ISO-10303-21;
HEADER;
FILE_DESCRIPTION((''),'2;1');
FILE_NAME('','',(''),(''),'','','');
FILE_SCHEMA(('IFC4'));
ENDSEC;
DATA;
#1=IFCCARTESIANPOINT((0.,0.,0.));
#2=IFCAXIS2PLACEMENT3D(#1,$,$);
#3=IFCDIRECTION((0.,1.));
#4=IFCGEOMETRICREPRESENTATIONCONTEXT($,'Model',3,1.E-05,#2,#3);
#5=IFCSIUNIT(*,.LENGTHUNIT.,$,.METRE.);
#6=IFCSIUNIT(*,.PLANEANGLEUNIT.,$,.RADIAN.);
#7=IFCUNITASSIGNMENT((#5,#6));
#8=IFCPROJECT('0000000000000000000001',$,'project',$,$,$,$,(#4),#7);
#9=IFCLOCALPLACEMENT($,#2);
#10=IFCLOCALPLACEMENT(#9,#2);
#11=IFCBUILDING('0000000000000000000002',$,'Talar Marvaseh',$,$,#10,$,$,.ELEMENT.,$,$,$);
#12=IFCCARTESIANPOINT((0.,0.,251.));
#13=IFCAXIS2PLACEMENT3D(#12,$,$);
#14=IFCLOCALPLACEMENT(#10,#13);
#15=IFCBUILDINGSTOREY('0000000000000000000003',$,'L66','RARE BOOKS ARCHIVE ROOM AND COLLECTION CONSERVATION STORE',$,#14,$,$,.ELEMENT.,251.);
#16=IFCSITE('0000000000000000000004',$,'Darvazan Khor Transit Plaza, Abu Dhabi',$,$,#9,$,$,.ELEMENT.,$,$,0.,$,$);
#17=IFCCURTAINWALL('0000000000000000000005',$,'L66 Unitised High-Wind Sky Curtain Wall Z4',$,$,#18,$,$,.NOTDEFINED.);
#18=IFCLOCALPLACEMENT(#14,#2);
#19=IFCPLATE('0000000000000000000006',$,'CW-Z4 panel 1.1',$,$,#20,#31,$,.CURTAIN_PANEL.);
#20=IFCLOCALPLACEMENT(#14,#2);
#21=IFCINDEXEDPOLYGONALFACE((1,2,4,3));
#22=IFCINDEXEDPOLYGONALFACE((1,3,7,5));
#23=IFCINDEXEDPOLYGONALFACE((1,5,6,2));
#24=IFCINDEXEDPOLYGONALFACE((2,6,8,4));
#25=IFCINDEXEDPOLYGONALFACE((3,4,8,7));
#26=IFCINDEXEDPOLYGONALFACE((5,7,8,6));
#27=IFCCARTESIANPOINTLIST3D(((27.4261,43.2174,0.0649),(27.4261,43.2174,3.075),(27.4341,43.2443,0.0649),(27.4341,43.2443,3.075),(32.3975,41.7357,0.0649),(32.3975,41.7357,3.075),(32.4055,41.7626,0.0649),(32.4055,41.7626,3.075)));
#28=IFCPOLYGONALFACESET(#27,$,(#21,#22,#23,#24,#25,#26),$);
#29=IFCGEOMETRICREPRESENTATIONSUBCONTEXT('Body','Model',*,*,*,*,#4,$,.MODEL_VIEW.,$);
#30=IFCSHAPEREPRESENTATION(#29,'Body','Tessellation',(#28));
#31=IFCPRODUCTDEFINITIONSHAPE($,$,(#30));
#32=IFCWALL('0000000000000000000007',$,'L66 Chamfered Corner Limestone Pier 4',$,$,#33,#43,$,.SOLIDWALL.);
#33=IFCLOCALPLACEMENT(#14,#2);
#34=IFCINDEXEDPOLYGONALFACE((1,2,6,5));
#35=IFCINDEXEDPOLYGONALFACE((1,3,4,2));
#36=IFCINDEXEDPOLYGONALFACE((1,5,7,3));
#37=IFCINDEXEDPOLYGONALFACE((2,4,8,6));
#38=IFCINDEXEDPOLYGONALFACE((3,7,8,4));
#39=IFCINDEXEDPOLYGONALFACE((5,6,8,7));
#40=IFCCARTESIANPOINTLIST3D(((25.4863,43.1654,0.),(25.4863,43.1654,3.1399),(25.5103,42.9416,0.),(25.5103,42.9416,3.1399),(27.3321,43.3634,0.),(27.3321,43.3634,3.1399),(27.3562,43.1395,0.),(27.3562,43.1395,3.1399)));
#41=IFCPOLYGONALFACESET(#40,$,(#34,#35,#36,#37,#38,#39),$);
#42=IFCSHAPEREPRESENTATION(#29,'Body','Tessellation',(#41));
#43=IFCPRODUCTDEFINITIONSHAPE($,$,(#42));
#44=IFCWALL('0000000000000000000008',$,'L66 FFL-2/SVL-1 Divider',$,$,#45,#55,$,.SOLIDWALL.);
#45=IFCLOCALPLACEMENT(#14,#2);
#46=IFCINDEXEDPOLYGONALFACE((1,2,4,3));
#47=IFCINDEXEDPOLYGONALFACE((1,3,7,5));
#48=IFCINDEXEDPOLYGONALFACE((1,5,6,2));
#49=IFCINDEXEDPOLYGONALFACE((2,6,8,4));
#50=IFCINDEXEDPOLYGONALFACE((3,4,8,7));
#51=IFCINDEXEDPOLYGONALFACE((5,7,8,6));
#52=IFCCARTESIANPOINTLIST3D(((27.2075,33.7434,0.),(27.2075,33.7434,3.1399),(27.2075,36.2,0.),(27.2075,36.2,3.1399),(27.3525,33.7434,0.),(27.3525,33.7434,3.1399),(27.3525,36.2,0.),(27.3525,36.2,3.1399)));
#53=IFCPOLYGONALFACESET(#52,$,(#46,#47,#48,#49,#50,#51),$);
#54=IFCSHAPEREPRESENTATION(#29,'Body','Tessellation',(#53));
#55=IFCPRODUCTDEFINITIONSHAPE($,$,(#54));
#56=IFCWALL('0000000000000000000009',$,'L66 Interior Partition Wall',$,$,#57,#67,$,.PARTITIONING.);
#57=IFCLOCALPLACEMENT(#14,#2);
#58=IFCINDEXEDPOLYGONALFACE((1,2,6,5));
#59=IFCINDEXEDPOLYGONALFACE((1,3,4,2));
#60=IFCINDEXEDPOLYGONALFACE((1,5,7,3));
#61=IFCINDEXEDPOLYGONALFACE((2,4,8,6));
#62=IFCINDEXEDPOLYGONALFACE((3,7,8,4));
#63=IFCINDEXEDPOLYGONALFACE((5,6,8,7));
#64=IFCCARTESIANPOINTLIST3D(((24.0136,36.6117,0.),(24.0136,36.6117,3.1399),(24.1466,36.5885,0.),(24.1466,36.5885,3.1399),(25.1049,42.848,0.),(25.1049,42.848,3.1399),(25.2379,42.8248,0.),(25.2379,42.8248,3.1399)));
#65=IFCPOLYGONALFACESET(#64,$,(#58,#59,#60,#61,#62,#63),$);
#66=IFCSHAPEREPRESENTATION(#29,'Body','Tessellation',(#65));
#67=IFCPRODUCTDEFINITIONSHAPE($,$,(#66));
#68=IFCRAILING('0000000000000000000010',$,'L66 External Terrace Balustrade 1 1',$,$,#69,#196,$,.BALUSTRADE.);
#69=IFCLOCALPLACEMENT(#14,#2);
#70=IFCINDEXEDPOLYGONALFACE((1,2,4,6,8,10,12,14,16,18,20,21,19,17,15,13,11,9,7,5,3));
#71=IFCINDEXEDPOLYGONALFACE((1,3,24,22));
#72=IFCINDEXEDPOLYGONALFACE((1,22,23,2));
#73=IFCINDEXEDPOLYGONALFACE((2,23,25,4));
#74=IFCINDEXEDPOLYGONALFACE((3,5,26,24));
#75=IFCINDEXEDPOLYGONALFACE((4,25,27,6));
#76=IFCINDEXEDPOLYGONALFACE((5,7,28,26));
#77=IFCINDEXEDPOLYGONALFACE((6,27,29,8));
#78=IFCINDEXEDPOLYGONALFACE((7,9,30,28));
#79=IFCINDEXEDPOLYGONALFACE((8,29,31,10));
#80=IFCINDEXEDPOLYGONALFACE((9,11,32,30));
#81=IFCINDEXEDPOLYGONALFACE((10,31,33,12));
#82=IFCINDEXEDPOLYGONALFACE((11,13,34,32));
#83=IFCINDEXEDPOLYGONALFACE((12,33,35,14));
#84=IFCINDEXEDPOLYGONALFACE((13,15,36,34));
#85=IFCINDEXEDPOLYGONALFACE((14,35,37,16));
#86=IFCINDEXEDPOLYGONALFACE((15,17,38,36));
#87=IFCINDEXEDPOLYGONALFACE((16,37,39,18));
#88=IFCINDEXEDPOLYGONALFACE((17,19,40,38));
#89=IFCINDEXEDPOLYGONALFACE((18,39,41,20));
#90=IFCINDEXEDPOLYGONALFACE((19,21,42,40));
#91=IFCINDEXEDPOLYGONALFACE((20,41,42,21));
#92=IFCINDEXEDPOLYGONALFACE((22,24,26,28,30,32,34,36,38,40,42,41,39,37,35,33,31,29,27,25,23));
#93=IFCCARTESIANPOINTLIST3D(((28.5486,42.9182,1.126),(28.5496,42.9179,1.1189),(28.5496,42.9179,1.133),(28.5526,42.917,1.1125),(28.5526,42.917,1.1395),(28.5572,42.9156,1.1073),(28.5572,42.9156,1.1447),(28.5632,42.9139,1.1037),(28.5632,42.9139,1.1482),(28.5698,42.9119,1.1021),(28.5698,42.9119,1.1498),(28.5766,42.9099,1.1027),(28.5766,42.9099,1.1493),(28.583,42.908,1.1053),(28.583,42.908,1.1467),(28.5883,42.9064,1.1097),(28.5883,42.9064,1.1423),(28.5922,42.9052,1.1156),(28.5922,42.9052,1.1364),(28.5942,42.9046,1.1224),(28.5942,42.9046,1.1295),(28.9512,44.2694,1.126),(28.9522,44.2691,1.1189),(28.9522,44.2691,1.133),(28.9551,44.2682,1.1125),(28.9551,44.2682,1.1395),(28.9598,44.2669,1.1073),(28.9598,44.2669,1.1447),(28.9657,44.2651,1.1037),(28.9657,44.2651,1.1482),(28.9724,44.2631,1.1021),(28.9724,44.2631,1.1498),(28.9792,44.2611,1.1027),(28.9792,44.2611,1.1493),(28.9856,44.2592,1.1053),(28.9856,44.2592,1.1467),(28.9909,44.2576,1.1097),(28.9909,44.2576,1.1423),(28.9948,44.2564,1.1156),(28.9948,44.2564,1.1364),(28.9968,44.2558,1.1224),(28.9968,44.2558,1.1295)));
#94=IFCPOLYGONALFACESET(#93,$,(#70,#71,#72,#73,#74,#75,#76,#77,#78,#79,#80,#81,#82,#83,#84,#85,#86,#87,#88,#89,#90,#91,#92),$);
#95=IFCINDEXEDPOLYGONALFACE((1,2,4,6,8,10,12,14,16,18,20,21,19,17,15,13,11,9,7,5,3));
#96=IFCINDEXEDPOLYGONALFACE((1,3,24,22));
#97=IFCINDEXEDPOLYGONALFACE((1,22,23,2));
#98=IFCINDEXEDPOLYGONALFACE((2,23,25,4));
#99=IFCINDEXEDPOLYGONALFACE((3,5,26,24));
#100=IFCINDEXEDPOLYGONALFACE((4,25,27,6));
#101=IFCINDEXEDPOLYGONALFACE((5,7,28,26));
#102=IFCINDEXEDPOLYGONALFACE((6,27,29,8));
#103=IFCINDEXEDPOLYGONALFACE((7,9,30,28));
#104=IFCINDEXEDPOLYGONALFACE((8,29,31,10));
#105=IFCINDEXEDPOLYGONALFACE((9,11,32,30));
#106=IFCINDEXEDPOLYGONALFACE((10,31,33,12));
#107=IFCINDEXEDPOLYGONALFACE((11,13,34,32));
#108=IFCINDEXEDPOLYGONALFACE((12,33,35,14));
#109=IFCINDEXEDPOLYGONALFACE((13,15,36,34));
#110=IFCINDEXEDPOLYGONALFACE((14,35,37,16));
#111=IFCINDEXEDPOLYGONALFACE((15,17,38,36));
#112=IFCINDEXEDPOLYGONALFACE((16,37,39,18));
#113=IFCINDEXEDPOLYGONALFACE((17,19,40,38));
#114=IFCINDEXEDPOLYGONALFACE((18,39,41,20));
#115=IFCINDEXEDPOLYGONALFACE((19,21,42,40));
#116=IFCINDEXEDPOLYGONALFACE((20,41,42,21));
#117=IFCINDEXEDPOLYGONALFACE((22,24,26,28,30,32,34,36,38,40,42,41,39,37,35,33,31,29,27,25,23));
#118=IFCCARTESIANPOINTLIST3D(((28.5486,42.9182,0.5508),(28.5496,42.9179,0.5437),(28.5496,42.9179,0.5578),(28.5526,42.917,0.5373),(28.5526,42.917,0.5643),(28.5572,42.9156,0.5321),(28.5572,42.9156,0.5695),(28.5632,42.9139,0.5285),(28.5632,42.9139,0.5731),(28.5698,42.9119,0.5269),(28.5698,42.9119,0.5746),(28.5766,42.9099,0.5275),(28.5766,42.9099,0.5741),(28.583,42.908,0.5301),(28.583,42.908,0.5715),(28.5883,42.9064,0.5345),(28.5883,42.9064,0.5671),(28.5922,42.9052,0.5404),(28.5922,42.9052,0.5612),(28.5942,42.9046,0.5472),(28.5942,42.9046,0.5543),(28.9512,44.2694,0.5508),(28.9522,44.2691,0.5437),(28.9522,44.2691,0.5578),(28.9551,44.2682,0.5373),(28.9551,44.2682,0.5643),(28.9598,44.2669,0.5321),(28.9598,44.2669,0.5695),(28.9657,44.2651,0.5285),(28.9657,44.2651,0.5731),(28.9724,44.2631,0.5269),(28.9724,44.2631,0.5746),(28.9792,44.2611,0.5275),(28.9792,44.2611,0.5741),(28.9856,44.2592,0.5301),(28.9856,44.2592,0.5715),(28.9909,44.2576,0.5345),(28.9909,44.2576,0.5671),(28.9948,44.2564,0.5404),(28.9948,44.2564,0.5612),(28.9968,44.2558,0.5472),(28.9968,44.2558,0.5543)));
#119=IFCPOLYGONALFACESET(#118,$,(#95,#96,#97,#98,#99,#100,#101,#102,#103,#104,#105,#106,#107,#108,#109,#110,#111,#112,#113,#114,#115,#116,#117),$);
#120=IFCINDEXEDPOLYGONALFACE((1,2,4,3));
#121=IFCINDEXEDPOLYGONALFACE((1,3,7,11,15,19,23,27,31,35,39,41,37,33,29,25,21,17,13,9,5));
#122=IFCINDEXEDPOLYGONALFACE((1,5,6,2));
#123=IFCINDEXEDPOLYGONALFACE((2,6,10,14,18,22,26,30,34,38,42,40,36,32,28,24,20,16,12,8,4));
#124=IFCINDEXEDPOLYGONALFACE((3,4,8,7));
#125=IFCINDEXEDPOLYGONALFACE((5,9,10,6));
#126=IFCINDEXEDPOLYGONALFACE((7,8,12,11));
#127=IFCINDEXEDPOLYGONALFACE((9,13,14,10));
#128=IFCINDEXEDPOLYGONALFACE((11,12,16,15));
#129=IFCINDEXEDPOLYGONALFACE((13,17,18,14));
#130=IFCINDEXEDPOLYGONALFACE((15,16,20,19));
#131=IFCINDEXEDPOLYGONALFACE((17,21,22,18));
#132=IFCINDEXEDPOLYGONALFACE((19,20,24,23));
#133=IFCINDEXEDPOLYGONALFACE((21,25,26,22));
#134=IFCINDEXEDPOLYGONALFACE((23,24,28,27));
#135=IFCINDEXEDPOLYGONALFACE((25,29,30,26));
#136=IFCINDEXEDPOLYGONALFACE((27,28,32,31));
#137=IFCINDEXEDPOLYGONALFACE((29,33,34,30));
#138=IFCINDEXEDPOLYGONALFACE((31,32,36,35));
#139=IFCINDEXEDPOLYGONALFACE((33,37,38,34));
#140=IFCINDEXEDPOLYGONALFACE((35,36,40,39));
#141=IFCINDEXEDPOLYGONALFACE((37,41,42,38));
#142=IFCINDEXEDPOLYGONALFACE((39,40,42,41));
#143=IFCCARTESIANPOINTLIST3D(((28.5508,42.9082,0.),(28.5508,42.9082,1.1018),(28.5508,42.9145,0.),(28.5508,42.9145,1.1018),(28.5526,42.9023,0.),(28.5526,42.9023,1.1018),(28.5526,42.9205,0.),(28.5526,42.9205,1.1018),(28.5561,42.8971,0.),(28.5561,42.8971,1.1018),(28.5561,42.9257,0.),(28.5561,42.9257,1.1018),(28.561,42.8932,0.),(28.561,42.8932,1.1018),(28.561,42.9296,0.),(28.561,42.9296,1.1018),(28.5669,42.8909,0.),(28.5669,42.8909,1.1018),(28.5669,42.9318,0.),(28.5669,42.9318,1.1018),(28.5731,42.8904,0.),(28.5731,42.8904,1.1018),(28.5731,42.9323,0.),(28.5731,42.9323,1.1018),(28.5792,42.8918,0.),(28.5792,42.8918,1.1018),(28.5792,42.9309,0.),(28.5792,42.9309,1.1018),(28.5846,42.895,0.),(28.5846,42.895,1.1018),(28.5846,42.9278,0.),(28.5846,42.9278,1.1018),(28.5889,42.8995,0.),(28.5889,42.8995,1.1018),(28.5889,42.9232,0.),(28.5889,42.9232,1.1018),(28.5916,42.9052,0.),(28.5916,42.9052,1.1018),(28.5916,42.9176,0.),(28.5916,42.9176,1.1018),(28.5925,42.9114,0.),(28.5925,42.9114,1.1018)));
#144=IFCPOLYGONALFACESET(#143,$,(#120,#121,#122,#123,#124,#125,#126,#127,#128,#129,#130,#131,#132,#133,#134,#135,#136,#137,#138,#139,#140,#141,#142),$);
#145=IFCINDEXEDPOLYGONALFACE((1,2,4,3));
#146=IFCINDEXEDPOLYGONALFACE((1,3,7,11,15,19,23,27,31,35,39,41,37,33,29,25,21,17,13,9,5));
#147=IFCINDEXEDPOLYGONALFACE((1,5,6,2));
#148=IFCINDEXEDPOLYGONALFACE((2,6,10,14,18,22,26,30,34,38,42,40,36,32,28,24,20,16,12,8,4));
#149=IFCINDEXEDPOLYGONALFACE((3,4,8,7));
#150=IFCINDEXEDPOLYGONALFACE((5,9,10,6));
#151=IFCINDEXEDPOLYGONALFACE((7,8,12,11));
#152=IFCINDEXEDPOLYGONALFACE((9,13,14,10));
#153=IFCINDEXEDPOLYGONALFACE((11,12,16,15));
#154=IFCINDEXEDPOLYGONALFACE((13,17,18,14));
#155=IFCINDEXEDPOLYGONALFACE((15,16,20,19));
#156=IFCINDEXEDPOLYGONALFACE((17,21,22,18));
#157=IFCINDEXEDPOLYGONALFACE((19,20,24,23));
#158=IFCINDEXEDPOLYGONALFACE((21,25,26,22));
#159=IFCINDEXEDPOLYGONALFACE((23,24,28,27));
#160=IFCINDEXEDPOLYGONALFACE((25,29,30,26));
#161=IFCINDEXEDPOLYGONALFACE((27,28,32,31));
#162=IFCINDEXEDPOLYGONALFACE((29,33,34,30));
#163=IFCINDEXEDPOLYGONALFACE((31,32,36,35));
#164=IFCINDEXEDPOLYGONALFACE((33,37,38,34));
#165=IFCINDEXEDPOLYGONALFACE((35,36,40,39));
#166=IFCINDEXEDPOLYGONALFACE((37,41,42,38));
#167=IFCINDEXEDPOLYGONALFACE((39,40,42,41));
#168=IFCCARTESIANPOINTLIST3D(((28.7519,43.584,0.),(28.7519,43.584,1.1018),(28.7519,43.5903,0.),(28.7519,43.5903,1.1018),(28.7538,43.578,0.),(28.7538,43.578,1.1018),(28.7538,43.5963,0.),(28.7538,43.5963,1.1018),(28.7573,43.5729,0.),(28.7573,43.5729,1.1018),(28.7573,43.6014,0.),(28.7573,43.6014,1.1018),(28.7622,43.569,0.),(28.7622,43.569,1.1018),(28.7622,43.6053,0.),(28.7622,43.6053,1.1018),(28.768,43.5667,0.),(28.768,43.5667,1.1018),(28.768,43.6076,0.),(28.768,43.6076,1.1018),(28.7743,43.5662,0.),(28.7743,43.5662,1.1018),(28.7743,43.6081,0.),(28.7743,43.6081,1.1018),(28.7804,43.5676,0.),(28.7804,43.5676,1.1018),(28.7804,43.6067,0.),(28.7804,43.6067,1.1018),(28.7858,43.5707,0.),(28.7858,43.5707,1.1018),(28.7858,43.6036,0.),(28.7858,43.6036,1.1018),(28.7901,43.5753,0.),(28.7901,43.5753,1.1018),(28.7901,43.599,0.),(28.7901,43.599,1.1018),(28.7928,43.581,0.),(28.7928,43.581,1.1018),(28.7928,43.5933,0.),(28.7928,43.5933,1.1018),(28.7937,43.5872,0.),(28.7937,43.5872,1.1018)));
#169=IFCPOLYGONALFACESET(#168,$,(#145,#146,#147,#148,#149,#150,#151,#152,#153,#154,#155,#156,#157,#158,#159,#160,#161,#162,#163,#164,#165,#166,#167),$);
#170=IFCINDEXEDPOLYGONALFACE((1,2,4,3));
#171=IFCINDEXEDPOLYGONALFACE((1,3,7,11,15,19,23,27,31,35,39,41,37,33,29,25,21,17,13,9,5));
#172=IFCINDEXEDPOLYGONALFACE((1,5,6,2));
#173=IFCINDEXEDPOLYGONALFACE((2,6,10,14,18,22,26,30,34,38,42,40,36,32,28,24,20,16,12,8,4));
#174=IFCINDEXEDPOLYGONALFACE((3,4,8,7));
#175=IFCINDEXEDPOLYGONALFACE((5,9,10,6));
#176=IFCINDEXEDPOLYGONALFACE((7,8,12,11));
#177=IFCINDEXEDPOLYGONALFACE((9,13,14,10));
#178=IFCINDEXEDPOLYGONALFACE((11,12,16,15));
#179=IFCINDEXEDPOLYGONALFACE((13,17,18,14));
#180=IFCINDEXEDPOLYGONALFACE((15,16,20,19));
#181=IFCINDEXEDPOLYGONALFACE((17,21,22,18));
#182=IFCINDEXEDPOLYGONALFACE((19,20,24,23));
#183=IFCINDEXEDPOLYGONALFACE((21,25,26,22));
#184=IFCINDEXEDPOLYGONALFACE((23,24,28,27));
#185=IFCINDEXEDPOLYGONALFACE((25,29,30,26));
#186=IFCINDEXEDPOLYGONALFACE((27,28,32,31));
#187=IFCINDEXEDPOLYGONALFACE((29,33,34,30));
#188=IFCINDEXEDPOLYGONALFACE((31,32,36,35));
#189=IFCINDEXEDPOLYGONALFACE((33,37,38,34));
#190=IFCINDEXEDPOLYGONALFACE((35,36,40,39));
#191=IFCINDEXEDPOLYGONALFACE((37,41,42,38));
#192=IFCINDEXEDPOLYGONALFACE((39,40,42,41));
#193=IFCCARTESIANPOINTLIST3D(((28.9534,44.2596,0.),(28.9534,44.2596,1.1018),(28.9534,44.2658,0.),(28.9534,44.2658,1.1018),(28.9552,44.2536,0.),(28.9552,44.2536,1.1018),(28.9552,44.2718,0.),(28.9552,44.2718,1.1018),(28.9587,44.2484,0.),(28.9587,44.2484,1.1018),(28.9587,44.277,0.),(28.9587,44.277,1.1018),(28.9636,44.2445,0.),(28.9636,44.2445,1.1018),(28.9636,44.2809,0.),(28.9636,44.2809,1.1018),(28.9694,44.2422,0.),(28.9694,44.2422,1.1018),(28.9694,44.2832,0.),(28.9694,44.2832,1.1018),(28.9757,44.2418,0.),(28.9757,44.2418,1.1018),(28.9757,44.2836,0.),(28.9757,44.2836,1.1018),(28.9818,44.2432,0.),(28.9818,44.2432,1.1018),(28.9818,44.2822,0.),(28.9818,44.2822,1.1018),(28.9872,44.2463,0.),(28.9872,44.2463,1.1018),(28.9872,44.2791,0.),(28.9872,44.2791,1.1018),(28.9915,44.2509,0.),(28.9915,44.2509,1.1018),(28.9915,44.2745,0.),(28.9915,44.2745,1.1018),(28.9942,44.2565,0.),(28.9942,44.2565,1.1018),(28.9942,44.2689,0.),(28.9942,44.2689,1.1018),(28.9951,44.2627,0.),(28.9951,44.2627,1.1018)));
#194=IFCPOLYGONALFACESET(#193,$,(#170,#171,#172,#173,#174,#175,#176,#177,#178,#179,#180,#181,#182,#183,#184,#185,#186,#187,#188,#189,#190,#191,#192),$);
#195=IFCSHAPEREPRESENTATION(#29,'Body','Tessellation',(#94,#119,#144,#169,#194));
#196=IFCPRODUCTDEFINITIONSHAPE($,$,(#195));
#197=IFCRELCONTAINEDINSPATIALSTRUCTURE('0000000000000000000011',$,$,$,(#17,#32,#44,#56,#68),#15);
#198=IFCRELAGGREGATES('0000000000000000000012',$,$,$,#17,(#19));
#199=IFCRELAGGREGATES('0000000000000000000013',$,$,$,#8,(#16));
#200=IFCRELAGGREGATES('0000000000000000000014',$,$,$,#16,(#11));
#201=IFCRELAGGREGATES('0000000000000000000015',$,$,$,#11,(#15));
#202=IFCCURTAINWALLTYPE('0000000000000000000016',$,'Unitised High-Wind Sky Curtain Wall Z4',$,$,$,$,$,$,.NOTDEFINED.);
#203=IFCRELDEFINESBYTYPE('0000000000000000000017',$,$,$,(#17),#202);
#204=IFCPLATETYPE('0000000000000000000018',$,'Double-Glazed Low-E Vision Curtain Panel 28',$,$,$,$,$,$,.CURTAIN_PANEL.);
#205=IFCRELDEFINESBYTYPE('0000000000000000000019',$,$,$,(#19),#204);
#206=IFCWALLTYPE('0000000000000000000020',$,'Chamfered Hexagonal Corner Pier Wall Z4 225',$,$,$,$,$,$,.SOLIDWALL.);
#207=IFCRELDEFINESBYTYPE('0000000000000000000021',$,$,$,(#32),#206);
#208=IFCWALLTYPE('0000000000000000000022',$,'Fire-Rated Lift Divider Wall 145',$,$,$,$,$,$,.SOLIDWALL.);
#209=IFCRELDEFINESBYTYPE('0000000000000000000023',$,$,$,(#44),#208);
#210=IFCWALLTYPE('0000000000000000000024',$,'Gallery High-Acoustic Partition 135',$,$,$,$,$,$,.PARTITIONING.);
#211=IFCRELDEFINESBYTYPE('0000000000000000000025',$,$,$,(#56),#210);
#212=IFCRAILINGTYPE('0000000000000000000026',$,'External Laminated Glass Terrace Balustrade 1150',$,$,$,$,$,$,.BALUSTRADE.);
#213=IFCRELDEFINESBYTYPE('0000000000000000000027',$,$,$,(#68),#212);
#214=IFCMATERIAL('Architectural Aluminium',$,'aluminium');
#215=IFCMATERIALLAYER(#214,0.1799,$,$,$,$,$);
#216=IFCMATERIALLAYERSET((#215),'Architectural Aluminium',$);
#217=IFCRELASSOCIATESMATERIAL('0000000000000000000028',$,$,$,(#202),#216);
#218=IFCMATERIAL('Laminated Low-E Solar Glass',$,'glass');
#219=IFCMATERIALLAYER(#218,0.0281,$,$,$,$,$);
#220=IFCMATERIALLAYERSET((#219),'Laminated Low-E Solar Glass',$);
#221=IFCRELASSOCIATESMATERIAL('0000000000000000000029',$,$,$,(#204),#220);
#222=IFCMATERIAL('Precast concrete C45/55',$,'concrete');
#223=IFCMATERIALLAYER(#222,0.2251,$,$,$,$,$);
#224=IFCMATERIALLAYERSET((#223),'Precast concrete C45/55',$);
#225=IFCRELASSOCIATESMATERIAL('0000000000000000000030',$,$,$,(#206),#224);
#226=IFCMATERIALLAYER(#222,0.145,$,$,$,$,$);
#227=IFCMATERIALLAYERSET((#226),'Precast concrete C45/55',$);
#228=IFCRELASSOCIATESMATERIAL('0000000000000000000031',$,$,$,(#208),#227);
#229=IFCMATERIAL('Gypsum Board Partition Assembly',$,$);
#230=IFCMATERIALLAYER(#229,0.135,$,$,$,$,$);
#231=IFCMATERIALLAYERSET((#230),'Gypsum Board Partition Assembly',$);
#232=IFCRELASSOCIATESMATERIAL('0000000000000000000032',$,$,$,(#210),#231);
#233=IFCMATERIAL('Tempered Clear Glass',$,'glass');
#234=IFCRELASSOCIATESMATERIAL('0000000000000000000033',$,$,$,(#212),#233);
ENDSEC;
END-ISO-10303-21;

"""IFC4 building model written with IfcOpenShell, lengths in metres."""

from ifc_helpers import new_model, si_unit, direction, frame, frame_2d, origin, origin_2d, place, context, subcontext, project, spatial, rectangle, circle, extrude, source, transform, mapped, material, layer, layer_set, type_object, element, aggregate, save


model = new_model("IFC4")

# Units and contexts
model_context = context("Model", 3, precision=1e-05, world=origin(), true_north=direction((0.0, 1.0)))
body_context = subcontext(model_context, "Body", "Model", "MODEL_VIEW")
ifc_project = project(units=[si_unit("LENGTHUNIT", "METRE"), si_unit("PLANEANGLEUNIT", "RADIAN")], contexts=[model_context])

# Site, building, storey
site_placement = place(None, origin())
site = spatial("IfcSite", under=ifc_project, at=site_placement, Name="Darvazan Khor Transit Plaza, Abu Dhabi", CompositionType="ELEMENT", RefElevation=0.0)
building_placement = place(site_placement, origin())
building = spatial("IfcBuilding", under=site, at=building_placement, Name="Talar Marvaseh", CompositionType="ELEMENT")
storey_placement = place(building_placement, frame((0.0, 0.0, 251.0)))
storey = spatial("IfcBuildingStorey", under=building, at=storey_placement, Name="L66", Description="RARE BOOKS ARCHIVE ROOM AND COLLECTION CONSERVATION STORE", CompositionType="ELEMENT", Elevation=251.0)

# Shared definitions
ifc_material_1 = material(Name="Architectural Aluminium", Category="aluminium")
ifc_layer_1 = layer(ifc_material_1, 0.1799)
ifc_layer_set_1 = layer_set([ifc_layer_1], Name="Architectural Aluminium")
curtain_wall_type = type_object("IfcCurtainWallType", Name="Unitised High-Wind Sky Curtain Wall Z4", PredefinedType="NOTDEFINED", material=ifc_layer_set_1)

# Curtain wall
curtain_wall_1_placement = place(storey_placement, origin())
curtain_wall_1 = element("IfcCurtainWall", 1, at=curtain_wall_1_placement, inside=storey, type_object=curtain_wall_type, Name="L66 Unitised High-Wind Sky Curtain Wall Z4", PredefinedType="NOTDEFINED")

# Plate
ifc_material_2 = material(Name="Laminated Low-E Solar Glass", Category="glass")
ifc_layer_2 = layer(ifc_material_2, 0.0281)
ifc_layer_set_2 = layer_set([ifc_layer_2], Name="Laminated Low-E Solar Glass")
plate_type = type_object("IfcPlateType", Name="Double-Glazed Low-E Vision Curtain Panel 28", PredefinedType="CURTAIN_PANEL", material=ifc_layer_set_2)
shared_shape_1 = source(origin(), body_context, "Body", "SweptSolid", [
    extrude(rectangle(XDim=5.1875, YDim=0.0281, at=origin_2d()), origin(), (0.0, 0.0, 1.0), 3.01),
])
plate_1_placement = place(storey_placement, frame((29.9158, 42.49, 0.0649), z_axis=(0.0, 0.0, 1.0), x_axis=(0.958342, -0.285622, 0.0)))
plate_1 = element("IfcPlate", 2, at=plate_1_placement, type_object=plate_type, Name="CW-Z4 panel 1.1", PredefinedType="CURTAIN_PANEL", context=body_context, shape_type="MappedRepresentation", body=[
    mapped(shared_shape_1, transform((0.0, 0.0, 0.0), x_axis=(1.0, 0.0, 0.0), y_axis=(0.0, 1.0, 0.0), z_axis=(0.0, 0.0, 1.0), scale=1.0)),
])
aggregate(curtain_wall_1, [plate_1])

# Walls
ifc_material_3 = material(Name="Precast concrete C45/55", Category="concrete")
ifc_layer_3 = layer(ifc_material_3, 0.2251)
ifc_layer_set_3 = layer_set([ifc_layer_3], Name="Precast concrete C45/55")
wall_type_1 = type_object("IfcWallType", Name="Chamfered Hexagonal Corner Pier Wall Z4 225", PredefinedType="SOLIDWALL", material=ifc_layer_set_3)
wall_1_placement = place(storey_placement, frame((25.4983, 43.0535, 0.0), z_axis=(0.0, 0.0, 1.0), x_axis=(0.994297, 0.106649, 0.0)))
element("IfcWall", 3, at=wall_1_placement, inside=storey, type_object=wall_type_1, Name="L66 Chamfered Corner Limestone Pier 4", PredefinedType="SOLIDWALL", context=body_context, shape_type="SweptSolid", body=[
    extrude(rectangle(XDim=1.8564, YDim=0.2251, at=frame_2d((0.9282, 0.0))), origin(), (0.0, 0.0, 1.0), 3.1399),
])
ifc_layer_4 = layer(ifc_material_3, 0.145)
ifc_layer_set_4 = layer_set([ifc_layer_4], Name="Precast concrete C45/55")
wall_type_2 = type_object("IfcWallType", Name="Fire-Rated Lift Divider Wall 145", PredefinedType="SOLIDWALL", material=ifc_layer_set_4)
wall_2_placement = place(storey_placement, frame((27.28, 33.7434, 0.0), z_axis=(0.0, 0.0, 1.0), x_axis=(0.0, 1.0, 0.0)))
element("IfcWall", 4, at=wall_2_placement, inside=storey, type_object=wall_type_2, Name="L66 FFL-2/SVL-1 Divider", PredefinedType="SOLIDWALL", context=body_context, shape_type="SweptSolid", body=[
    extrude(rectangle(XDim=2.4565, YDim=0.145, at=frame_2d((1.2283, 0.0))), origin(), (0.0, 0.0, 1.0), 3.1399),
])
ifc_material_4 = material(Name="Gypsum Board Partition Assembly")
ifc_layer_5 = layer(ifc_material_4, 0.135)
ifc_layer_set_5 = layer_set([ifc_layer_5], Name="Gypsum Board Partition Assembly")
wall_type_3 = type_object("IfcWallType", Name="Gallery High-Acoustic Partition 135", PredefinedType="PARTITIONING", material=ifc_layer_set_5)
wall_3_placement = place(storey_placement, frame((24.0801, 36.6001, 0.0), z_axis=(0.0, 0.0, 1.0), x_axis=(0.172373, 0.985032, 0.0)))
element("IfcWall", 5, at=wall_3_placement, inside=storey, type_object=wall_type_3, Name="L66 Interior Partition Wall", PredefinedType="PARTITIONING", context=body_context, shape_type="SweptSolid", body=[
    extrude(rectangle(XDim=6.3311, YDim=0.135, at=frame_2d((3.1655, 0.0))), origin(), (0.0, 0.0, 1.0), 3.1399),
])

# Railing
ifc_material_5 = material(Name="Tempered Clear Glass", Category="glass")
railing_type = type_object("IfcRailingType", Name="External Laminated Glass Terrace Balustrade 1150", PredefinedType="BALUSTRADE", material=ifc_material_5)
railing_1_placement = place(storey_placement, frame((28.5715, 42.9114, 0.0)))
element("IfcRailing", 6, at=railing_1_placement, inside=storey, type_object=railing_type, Name="L66 External Terrace Balustrade 1 1", PredefinedType="BALUSTRADE", context=body_context, shape_type="SweptSolid", body=[
    extrude(circle(Radius=0.0239, at=origin_2d()), frame((0.0, 0.0, 1.126), z_axis=(0.285521, 0.958373, 0.0), x_axis=(-0.958373, 0.285521, 0.0)), (0.0, 0.0, 1.0), 1.4099),
    extrude(circle(Radius=0.0239, at=origin_2d()), frame((0.0, 0.0, 0.5508), z_axis=(0.285521, 0.958373, 0.0), x_axis=(-0.958373, 0.285521, 0.0)), (0.0, 0.0, 1.0), 1.4099),
    extrude(circle(Radius=0.021, at=origin_2d()), origin(), (0.0, 0.0, 1.0), 1.1018),
    extrude(circle(Radius=0.021, at=origin_2d()), frame((0.2012, 0.6758, 0.0)), (0.0, 0.0, 1.0), 1.1018),
    extrude(circle(Radius=0.021, at=origin_2d()), frame((0.4026, 1.3513, 0.0)), (0.0, 0.0, 1.0), 1.1018),
])

save(model, "model.ifc")
